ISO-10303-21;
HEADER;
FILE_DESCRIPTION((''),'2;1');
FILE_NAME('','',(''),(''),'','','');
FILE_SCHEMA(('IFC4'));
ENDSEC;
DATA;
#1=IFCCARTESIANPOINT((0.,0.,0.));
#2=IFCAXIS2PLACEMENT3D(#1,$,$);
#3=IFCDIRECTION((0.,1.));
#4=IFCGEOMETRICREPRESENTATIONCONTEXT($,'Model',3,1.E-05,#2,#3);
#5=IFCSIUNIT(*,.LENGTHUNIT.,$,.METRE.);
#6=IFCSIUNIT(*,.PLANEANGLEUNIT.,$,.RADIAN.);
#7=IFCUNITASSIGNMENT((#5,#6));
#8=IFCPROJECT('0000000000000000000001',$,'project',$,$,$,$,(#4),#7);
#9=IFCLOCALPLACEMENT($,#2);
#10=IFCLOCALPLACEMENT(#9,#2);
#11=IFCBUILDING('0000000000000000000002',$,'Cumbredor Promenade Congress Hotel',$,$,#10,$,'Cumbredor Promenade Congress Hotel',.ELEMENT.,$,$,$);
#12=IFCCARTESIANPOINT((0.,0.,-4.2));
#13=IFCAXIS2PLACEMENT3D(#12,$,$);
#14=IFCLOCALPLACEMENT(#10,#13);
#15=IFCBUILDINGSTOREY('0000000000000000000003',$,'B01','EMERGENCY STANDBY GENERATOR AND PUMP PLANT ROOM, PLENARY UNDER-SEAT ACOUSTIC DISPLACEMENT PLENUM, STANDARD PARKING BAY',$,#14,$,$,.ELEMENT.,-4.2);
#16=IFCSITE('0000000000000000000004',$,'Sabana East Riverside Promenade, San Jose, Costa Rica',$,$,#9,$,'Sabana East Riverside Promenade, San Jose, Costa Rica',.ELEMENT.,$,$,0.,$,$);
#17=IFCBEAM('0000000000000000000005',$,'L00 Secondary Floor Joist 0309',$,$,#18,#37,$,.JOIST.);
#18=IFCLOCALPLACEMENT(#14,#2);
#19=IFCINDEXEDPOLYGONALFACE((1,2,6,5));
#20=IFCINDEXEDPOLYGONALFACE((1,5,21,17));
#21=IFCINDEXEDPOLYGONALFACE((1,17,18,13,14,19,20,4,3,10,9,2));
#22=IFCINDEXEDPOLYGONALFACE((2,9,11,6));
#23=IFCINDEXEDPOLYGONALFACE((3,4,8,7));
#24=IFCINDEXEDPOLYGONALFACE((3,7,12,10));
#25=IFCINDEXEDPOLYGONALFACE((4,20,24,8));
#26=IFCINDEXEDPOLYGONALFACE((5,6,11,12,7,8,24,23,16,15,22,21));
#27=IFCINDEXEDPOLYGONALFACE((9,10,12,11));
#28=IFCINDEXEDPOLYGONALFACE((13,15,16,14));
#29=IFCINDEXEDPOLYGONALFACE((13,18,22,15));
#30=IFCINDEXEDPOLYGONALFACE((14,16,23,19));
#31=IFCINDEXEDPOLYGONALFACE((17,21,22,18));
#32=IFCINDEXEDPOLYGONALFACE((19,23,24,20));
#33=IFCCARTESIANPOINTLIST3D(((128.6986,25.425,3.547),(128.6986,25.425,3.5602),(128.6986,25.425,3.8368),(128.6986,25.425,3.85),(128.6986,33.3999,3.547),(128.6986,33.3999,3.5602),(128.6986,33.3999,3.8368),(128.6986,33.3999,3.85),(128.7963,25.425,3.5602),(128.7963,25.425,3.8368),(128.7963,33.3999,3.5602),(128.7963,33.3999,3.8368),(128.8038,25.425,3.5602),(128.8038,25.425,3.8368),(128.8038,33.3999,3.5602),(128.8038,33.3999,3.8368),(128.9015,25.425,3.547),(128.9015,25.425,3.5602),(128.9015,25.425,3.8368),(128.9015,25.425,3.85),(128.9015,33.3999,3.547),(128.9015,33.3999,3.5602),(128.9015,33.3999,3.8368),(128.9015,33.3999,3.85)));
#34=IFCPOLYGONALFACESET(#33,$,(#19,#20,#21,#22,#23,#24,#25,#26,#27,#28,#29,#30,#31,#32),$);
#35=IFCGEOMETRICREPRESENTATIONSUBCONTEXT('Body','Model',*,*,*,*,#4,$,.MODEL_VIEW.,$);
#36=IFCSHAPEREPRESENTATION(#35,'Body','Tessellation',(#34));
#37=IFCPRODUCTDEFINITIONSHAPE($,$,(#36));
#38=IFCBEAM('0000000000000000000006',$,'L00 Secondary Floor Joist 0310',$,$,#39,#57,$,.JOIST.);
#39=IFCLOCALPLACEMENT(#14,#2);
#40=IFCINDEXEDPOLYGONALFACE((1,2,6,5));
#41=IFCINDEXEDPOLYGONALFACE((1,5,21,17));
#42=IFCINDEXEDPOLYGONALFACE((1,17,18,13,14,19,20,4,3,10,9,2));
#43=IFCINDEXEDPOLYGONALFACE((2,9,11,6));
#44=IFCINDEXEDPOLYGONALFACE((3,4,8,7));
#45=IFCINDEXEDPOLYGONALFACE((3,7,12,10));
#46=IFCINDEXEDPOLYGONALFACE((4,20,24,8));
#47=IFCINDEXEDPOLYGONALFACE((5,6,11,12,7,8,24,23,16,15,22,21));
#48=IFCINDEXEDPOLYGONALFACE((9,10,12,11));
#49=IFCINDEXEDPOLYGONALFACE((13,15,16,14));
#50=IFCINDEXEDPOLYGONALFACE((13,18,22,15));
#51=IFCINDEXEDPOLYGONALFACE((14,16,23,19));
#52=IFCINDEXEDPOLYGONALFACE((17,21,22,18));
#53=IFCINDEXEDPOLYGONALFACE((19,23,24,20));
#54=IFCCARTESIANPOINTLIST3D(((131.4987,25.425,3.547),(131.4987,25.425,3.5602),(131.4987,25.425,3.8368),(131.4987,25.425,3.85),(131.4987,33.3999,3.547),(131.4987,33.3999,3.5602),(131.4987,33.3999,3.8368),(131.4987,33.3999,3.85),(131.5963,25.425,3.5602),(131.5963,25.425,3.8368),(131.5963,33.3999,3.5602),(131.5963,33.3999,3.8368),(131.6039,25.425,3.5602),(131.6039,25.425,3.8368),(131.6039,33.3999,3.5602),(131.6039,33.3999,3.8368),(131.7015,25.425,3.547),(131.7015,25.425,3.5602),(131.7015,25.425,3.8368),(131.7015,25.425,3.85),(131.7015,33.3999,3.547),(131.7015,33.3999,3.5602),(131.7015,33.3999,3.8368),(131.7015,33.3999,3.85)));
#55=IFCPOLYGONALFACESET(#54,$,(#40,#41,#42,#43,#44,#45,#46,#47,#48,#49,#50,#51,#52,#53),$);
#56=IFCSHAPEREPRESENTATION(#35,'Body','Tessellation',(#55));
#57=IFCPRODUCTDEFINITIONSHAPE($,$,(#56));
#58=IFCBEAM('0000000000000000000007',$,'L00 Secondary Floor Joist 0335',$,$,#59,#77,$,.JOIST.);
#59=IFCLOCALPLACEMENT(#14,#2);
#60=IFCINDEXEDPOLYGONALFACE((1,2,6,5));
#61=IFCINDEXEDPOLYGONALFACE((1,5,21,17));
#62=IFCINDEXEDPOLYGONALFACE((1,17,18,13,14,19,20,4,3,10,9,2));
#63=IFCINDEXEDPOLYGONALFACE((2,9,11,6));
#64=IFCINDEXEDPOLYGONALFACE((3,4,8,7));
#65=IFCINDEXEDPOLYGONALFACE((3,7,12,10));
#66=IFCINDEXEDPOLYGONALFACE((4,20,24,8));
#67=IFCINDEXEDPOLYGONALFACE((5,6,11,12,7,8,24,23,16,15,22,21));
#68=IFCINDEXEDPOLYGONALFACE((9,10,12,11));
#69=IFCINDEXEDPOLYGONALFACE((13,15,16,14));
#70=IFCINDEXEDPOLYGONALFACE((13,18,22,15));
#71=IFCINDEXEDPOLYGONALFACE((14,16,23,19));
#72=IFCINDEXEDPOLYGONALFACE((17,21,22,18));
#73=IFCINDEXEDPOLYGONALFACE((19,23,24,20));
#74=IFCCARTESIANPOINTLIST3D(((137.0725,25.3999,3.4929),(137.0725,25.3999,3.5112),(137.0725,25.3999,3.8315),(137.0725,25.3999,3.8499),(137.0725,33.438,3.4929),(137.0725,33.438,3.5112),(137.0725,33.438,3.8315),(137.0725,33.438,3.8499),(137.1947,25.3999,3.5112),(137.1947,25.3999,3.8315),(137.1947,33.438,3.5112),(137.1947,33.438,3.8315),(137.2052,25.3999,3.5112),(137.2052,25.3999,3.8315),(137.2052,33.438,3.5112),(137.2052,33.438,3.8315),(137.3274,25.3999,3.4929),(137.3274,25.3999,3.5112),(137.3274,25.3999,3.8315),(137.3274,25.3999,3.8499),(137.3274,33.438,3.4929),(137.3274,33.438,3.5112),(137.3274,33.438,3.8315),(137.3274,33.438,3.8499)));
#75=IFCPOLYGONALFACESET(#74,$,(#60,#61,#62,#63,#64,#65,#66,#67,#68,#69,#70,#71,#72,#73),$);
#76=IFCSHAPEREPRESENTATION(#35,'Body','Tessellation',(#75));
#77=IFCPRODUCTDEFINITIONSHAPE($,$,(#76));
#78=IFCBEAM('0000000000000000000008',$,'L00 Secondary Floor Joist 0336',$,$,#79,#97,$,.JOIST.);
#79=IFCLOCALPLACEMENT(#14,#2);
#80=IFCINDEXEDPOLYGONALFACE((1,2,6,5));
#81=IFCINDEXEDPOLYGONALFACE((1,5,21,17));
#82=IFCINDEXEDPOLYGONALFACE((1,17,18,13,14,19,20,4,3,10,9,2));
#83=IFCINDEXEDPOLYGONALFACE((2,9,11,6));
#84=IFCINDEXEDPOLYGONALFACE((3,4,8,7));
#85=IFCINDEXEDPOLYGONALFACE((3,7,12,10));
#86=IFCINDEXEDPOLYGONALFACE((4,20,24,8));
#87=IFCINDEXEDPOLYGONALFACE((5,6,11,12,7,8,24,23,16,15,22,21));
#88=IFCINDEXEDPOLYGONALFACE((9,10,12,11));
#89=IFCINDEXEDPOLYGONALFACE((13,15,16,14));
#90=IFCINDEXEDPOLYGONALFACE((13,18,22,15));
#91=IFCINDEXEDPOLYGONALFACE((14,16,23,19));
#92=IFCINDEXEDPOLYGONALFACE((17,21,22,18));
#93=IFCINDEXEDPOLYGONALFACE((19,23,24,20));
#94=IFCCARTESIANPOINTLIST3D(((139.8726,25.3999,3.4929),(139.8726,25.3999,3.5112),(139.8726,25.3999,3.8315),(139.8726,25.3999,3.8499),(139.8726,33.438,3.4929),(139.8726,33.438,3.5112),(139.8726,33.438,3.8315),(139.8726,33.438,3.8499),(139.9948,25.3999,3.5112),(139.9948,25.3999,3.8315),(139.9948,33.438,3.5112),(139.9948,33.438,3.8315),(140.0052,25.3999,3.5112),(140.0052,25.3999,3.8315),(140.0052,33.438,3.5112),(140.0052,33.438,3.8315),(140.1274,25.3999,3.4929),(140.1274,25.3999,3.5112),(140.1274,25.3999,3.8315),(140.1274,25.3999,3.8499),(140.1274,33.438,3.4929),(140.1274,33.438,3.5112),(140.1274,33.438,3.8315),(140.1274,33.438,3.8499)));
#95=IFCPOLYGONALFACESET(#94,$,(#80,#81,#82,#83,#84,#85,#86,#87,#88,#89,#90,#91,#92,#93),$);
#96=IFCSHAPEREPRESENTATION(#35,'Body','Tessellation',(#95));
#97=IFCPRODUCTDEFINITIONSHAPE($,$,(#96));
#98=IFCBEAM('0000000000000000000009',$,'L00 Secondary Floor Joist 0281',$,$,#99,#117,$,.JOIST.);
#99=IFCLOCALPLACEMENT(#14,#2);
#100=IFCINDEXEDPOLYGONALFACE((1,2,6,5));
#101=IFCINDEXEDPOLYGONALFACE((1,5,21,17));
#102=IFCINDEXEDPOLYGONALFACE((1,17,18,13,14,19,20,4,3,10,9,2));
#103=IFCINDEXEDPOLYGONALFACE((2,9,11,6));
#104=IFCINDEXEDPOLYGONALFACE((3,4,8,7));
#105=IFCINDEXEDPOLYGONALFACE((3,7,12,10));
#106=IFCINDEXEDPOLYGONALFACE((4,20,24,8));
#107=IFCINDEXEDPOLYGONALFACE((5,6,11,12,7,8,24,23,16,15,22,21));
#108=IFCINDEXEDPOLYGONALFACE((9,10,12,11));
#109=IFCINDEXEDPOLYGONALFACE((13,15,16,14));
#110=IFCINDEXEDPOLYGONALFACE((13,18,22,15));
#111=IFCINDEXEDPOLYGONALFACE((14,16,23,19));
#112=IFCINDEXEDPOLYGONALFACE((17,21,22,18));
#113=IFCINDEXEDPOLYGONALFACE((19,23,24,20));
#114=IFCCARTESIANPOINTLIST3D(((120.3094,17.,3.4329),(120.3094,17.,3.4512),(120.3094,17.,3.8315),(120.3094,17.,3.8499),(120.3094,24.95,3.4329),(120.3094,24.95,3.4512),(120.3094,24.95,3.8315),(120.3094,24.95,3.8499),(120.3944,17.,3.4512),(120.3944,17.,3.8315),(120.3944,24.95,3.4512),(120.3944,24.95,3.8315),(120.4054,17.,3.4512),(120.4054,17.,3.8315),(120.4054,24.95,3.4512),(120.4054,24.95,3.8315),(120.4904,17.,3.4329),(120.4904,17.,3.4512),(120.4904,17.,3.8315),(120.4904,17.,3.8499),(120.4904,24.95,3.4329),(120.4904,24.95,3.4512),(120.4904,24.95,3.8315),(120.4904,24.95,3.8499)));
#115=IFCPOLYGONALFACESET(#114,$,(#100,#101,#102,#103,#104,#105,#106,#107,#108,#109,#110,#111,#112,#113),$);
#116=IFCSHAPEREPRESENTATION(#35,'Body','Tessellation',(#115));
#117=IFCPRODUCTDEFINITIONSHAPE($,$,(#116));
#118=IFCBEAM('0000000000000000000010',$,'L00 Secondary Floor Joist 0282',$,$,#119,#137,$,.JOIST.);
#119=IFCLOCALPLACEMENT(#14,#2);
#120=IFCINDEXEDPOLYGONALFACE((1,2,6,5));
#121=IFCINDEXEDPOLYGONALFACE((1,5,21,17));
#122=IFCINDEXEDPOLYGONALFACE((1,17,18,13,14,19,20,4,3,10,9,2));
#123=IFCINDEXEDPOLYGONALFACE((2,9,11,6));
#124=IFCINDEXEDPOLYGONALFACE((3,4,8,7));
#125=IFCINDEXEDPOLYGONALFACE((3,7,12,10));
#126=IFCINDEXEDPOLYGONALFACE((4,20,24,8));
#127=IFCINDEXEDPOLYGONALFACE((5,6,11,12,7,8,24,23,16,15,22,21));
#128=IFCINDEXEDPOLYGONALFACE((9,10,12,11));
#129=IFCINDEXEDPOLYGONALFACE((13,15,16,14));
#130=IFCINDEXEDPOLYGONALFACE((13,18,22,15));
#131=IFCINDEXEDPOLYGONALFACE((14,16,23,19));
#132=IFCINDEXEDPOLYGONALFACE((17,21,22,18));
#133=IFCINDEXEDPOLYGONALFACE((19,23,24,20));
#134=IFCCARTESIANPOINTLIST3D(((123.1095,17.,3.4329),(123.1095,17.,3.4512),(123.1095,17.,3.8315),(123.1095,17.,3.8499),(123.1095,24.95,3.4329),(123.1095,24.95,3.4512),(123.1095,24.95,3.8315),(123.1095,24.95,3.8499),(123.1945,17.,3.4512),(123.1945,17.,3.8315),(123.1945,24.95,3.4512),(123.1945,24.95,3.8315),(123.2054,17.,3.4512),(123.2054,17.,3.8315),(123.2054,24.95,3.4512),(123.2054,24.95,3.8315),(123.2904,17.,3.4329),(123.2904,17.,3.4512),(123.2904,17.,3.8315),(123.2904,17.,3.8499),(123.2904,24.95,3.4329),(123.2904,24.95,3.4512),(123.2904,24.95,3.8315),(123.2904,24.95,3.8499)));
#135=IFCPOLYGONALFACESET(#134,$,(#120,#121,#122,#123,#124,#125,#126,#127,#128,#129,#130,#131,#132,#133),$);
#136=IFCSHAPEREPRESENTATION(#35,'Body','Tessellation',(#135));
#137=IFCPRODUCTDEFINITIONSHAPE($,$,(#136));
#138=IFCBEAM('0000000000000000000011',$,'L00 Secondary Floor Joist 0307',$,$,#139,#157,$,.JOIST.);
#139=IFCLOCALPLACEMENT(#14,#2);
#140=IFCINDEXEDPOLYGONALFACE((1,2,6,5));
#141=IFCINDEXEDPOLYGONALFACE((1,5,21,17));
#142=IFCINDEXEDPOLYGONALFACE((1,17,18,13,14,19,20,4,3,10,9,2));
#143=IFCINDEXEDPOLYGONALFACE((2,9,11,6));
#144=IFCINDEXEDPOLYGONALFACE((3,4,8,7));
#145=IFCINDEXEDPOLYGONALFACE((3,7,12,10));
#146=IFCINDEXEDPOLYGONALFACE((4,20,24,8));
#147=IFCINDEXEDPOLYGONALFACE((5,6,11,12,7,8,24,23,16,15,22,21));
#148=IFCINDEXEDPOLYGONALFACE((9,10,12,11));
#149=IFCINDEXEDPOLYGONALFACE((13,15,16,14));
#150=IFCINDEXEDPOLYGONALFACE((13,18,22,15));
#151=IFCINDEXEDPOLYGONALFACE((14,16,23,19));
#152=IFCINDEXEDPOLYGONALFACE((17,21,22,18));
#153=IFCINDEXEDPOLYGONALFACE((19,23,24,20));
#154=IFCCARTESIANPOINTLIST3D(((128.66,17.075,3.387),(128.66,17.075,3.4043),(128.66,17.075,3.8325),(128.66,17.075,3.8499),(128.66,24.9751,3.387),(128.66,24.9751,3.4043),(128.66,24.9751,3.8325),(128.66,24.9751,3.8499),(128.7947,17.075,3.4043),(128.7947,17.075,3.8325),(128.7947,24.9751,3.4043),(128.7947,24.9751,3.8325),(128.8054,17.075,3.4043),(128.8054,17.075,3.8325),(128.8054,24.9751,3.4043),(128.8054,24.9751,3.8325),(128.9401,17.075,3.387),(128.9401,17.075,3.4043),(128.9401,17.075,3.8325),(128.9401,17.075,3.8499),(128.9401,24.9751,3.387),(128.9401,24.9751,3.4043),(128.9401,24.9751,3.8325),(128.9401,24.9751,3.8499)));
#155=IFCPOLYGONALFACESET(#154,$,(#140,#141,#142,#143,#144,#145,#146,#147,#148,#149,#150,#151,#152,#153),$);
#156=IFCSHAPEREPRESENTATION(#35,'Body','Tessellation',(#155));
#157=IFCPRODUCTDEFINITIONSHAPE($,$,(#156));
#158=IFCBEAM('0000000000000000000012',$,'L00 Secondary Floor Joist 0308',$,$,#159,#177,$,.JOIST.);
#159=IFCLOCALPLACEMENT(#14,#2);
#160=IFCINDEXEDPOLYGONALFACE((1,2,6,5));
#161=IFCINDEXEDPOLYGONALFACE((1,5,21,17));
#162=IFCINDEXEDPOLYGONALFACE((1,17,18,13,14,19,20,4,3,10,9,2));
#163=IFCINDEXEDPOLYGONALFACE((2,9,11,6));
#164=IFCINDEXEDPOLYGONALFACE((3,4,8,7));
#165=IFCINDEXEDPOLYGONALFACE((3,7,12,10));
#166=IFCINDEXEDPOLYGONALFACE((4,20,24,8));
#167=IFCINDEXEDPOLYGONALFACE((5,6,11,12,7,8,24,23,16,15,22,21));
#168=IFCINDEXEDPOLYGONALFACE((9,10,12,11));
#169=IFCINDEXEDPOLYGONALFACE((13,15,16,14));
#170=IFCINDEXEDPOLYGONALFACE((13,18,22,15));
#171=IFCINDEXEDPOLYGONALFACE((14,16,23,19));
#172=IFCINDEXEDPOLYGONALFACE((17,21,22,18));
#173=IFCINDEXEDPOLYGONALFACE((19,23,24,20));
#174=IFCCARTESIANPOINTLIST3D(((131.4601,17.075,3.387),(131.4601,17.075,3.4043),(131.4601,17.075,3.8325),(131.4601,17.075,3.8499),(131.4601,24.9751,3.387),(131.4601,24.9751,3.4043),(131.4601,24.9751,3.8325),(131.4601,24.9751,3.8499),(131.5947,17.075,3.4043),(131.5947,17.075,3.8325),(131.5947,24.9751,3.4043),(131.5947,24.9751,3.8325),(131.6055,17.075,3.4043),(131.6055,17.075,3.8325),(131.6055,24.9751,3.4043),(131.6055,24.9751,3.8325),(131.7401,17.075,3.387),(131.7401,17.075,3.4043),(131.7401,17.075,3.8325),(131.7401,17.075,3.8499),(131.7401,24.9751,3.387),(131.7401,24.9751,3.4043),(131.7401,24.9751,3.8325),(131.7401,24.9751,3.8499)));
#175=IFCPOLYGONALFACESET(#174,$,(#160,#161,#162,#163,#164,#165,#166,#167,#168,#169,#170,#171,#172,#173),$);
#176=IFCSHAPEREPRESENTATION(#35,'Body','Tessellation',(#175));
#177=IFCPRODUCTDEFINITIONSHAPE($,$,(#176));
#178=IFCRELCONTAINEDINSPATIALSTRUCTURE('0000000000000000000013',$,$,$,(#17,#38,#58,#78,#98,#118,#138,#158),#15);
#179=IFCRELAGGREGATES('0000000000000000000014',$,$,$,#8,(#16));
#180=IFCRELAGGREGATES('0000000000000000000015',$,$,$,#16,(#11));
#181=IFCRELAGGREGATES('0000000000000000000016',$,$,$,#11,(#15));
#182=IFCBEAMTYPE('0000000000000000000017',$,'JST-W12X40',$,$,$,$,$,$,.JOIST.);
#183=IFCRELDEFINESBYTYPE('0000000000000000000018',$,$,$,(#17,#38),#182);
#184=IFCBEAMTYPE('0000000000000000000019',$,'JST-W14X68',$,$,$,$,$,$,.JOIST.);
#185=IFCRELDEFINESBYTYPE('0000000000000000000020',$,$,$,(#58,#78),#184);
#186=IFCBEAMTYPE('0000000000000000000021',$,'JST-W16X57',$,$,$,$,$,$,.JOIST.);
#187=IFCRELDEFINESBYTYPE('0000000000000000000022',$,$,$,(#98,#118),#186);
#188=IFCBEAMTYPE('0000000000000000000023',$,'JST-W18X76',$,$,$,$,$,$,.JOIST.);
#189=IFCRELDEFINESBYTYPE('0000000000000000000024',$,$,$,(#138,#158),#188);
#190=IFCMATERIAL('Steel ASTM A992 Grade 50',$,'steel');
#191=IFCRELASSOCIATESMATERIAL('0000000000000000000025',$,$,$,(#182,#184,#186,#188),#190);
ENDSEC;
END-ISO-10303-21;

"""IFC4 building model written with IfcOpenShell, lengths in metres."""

from ifc_helpers import new_model, si_unit, direction, frame, origin, origin_2d, place, context, subcontext, project, spatial, i_section, extrude, material, material_profile, profile_set, type_object, element, save


model = new_model("IFC4")

# Units and contexts
model_context = context("Model", 3, precision=1e-05, world=origin(), true_north=direction((0.0, 1.0)))
body_context = subcontext(model_context, "Body", "Model", "MODEL_VIEW")
ifc_project = project(units=[si_unit("LENGTHUNIT", "METRE"), si_unit("PLANEANGLEUNIT", "RADIAN")], contexts=[model_context])

# Site, building, storey
site_placement = place(None, origin())
site = spatial("IfcSite", under=ifc_project, at=site_placement, Name="Sabana East Riverside Promenade, San Jose, Costa Rica", LongName="Sabana East Riverside Promenade, San Jose, Costa Rica", CompositionType="ELEMENT", RefElevation=0.0)
building_placement = place(site_placement, origin())
building = spatial("IfcBuilding", under=site, at=building_placement, Name="Cumbredor Promenade Congress Hotel", LongName="Cumbredor Promenade Congress Hotel", CompositionType="ELEMENT")
storey_placement = place(building_placement, frame((0.0, 0.0, -4.2)))
storey = spatial("IfcBuildingStorey", under=building, at=storey_placement, Name="B01", Description="EMERGENCY STANDBY GENERATOR AND PUMP PLANT ROOM, PLENARY UNDER-SEAT ACOUSTIC DISPLACEMENT PLENUM, STANDARD PARKING BAY", CompositionType="ELEMENT", Elevation=-4.2)

# Beams
ifc_material_1 = material(Name="Steel ASTM A992 Grade 50", Category="steel")
ifc_material_profile_1 = material_profile(ifc_material_1, i_section(OverallWidth=0.2029, OverallDepth=0.303, WebThickness=0.0076, FlangeThickness=0.0132, at=origin_2d()), Name="W12X40")
ifc_profile_set_1 = profile_set([ifc_material_profile_1], Name="Steel ASTM A992 Grade 50")
beam_type_1 = type_object("IfcBeamType", Name="JST-W12X40", PredefinedType="JOIST", material=ifc_profile_set_1)
for number, where, z_axis, x_axis, name in (
    (1, (128.8, 25.425, 3.6985), (0.0, 1.0, 0.0), (-1.0, 0.0, 0.0), "L00 Secondary Floor Joist 0309"),
    (2, (131.6001, 25.425, 3.6985), (0.0, 1.0, 0.0), (-1.0, 0.0, 0.0), "L00 Secondary Floor Joist 0310"),
):
    element("IfcBeam", number, at=place(storey_placement, frame(where, z_axis=z_axis, x_axis=x_axis)), inside=storey, type_object=beam_type_1, Name=name, PredefinedType="JOIST", context=body_context, shape_type="SweptSolid", body=[
        extrude(i_section(OverallWidth=0.2029, OverallDepth=0.303, WebThickness=0.0076, FlangeThickness=0.0132, at=origin_2d()), origin(), (0.0, 0.0, 1.0), 7.9749),
    ])
ifc_material_profile_2 = material_profile(ifc_material_1, i_section(OverallWidth=0.2549, OverallDepth=0.3569, WebThickness=0.0105, FlangeThickness=0.0183, at=origin_2d()), Name="W14X68")
ifc_profile_set_2 = profile_set([ifc_material_profile_2], Name="Steel ASTM A992 Grade 50")
beam_type_2 = type_object("IfcBeamType", Name="JST-W14X68", PredefinedType="JOIST", material=ifc_profile_set_2)
for number, where, z_axis, x_axis, name in (
    (3, (137.2, 25.3999, 3.6714), (0.0, 1.0, 0.0), (-1.0, 0.0, 0.0), "L00 Secondary Floor Joist 0335"),
    (4, (140.0, 25.3999, 3.6714), (0.0, 1.0, 0.0), (-1.0, 0.0, 0.0), "L00 Secondary Floor Joist 0336"),
):
    element("IfcBeam", number, at=place(storey_placement, frame(where, z_axis=z_axis, x_axis=x_axis)), inside=storey, type_object=beam_type_2, Name=name, PredefinedType="JOIST", context=body_context, shape_type="SweptSolid", body=[
        extrude(i_section(OverallWidth=0.2549, OverallDepth=0.3569, WebThickness=0.0105, FlangeThickness=0.0183, at=origin_2d()), origin(), (0.0, 0.0, 1.0), 8.0381),
    ])
ifc_material_profile_3 = material_profile(ifc_material_1, i_section(OverallWidth=0.1809, OverallDepth=0.417, WebThickness=0.011, FlangeThickness=0.0183, at=origin_2d()), Name="W16X57")
ifc_profile_set_3 = profile_set([ifc_material_profile_3], Name="Steel ASTM A992 Grade 50")
beam_type_3 = type_object("IfcBeamType", Name="JST-W16X57", PredefinedType="JOIST", material=ifc_profile_set_3)
for number, where, z_axis, x_axis, name in (
    (5, (120.3999, 17.0, 3.6414), (0.0, 1.0, 0.0), (-1.0, 0.0, 0.0), "L00 Secondary Floor Joist 0281"),
    (6, (123.2, 17.0, 3.6414), (0.0, 1.0, 0.0), (-1.0, 0.0, 0.0), "L00 Secondary Floor Joist 0282"),
):
    element("IfcBeam", number, at=place(storey_placement, frame(where, z_axis=z_axis, x_axis=x_axis)), inside=storey, type_object=beam_type_3, Name=name, PredefinedType="JOIST", context=body_context, shape_type="SweptSolid", body=[
        extrude(i_section(OverallWidth=0.1809, OverallDepth=0.417, WebThickness=0.011, FlangeThickness=0.0183, at=origin_2d()), origin(), (0.0, 0.0, 1.0), 7.95),
    ])
ifc_material_profile_4 = material_profile(ifc_material_1, i_section(OverallWidth=0.28, OverallDepth=0.4629, WebThickness=0.0107, FlangeThickness=0.0173, at=origin_2d()), Name="W18X76")
ifc_profile_set_4 = profile_set([ifc_material_profile_4], Name="Steel ASTM A992 Grade 50")
beam_type_4 = type_object("IfcBeamType", Name="JST-W18X76", PredefinedType="JOIST", material=ifc_profile_set_4)
for number, where, z_axis, x_axis, name in (
    (7, (128.8, 17.075, 3.6184), (0.0, 1.0, 0.0), (-1.0, 0.0, 0.0), "L00 Secondary Floor Joist 0307"),
    (8, (131.6001, 17.075, 3.6184), (0.0, 1.0, 0.0), (-1.0, 0.0, 0.0), "L00 Secondary Floor Joist 0308"),
):
    element("IfcBeam", number, at=place(storey_placement, frame(where, z_axis=z_axis, x_axis=x_axis)), inside=storey, type_object=beam_type_4, Name=name, PredefinedType="JOIST", context=body_context, shape_type="SweptSolid", body=[
        extrude(i_section(OverallWidth=0.28, OverallDepth=0.4629, WebThickness=0.0107, FlangeThickness=0.0173, at=origin_2d()), origin(), (0.0, 0.0, 1.0), 7.9001),
    ])

save(model, "model.ifc")
